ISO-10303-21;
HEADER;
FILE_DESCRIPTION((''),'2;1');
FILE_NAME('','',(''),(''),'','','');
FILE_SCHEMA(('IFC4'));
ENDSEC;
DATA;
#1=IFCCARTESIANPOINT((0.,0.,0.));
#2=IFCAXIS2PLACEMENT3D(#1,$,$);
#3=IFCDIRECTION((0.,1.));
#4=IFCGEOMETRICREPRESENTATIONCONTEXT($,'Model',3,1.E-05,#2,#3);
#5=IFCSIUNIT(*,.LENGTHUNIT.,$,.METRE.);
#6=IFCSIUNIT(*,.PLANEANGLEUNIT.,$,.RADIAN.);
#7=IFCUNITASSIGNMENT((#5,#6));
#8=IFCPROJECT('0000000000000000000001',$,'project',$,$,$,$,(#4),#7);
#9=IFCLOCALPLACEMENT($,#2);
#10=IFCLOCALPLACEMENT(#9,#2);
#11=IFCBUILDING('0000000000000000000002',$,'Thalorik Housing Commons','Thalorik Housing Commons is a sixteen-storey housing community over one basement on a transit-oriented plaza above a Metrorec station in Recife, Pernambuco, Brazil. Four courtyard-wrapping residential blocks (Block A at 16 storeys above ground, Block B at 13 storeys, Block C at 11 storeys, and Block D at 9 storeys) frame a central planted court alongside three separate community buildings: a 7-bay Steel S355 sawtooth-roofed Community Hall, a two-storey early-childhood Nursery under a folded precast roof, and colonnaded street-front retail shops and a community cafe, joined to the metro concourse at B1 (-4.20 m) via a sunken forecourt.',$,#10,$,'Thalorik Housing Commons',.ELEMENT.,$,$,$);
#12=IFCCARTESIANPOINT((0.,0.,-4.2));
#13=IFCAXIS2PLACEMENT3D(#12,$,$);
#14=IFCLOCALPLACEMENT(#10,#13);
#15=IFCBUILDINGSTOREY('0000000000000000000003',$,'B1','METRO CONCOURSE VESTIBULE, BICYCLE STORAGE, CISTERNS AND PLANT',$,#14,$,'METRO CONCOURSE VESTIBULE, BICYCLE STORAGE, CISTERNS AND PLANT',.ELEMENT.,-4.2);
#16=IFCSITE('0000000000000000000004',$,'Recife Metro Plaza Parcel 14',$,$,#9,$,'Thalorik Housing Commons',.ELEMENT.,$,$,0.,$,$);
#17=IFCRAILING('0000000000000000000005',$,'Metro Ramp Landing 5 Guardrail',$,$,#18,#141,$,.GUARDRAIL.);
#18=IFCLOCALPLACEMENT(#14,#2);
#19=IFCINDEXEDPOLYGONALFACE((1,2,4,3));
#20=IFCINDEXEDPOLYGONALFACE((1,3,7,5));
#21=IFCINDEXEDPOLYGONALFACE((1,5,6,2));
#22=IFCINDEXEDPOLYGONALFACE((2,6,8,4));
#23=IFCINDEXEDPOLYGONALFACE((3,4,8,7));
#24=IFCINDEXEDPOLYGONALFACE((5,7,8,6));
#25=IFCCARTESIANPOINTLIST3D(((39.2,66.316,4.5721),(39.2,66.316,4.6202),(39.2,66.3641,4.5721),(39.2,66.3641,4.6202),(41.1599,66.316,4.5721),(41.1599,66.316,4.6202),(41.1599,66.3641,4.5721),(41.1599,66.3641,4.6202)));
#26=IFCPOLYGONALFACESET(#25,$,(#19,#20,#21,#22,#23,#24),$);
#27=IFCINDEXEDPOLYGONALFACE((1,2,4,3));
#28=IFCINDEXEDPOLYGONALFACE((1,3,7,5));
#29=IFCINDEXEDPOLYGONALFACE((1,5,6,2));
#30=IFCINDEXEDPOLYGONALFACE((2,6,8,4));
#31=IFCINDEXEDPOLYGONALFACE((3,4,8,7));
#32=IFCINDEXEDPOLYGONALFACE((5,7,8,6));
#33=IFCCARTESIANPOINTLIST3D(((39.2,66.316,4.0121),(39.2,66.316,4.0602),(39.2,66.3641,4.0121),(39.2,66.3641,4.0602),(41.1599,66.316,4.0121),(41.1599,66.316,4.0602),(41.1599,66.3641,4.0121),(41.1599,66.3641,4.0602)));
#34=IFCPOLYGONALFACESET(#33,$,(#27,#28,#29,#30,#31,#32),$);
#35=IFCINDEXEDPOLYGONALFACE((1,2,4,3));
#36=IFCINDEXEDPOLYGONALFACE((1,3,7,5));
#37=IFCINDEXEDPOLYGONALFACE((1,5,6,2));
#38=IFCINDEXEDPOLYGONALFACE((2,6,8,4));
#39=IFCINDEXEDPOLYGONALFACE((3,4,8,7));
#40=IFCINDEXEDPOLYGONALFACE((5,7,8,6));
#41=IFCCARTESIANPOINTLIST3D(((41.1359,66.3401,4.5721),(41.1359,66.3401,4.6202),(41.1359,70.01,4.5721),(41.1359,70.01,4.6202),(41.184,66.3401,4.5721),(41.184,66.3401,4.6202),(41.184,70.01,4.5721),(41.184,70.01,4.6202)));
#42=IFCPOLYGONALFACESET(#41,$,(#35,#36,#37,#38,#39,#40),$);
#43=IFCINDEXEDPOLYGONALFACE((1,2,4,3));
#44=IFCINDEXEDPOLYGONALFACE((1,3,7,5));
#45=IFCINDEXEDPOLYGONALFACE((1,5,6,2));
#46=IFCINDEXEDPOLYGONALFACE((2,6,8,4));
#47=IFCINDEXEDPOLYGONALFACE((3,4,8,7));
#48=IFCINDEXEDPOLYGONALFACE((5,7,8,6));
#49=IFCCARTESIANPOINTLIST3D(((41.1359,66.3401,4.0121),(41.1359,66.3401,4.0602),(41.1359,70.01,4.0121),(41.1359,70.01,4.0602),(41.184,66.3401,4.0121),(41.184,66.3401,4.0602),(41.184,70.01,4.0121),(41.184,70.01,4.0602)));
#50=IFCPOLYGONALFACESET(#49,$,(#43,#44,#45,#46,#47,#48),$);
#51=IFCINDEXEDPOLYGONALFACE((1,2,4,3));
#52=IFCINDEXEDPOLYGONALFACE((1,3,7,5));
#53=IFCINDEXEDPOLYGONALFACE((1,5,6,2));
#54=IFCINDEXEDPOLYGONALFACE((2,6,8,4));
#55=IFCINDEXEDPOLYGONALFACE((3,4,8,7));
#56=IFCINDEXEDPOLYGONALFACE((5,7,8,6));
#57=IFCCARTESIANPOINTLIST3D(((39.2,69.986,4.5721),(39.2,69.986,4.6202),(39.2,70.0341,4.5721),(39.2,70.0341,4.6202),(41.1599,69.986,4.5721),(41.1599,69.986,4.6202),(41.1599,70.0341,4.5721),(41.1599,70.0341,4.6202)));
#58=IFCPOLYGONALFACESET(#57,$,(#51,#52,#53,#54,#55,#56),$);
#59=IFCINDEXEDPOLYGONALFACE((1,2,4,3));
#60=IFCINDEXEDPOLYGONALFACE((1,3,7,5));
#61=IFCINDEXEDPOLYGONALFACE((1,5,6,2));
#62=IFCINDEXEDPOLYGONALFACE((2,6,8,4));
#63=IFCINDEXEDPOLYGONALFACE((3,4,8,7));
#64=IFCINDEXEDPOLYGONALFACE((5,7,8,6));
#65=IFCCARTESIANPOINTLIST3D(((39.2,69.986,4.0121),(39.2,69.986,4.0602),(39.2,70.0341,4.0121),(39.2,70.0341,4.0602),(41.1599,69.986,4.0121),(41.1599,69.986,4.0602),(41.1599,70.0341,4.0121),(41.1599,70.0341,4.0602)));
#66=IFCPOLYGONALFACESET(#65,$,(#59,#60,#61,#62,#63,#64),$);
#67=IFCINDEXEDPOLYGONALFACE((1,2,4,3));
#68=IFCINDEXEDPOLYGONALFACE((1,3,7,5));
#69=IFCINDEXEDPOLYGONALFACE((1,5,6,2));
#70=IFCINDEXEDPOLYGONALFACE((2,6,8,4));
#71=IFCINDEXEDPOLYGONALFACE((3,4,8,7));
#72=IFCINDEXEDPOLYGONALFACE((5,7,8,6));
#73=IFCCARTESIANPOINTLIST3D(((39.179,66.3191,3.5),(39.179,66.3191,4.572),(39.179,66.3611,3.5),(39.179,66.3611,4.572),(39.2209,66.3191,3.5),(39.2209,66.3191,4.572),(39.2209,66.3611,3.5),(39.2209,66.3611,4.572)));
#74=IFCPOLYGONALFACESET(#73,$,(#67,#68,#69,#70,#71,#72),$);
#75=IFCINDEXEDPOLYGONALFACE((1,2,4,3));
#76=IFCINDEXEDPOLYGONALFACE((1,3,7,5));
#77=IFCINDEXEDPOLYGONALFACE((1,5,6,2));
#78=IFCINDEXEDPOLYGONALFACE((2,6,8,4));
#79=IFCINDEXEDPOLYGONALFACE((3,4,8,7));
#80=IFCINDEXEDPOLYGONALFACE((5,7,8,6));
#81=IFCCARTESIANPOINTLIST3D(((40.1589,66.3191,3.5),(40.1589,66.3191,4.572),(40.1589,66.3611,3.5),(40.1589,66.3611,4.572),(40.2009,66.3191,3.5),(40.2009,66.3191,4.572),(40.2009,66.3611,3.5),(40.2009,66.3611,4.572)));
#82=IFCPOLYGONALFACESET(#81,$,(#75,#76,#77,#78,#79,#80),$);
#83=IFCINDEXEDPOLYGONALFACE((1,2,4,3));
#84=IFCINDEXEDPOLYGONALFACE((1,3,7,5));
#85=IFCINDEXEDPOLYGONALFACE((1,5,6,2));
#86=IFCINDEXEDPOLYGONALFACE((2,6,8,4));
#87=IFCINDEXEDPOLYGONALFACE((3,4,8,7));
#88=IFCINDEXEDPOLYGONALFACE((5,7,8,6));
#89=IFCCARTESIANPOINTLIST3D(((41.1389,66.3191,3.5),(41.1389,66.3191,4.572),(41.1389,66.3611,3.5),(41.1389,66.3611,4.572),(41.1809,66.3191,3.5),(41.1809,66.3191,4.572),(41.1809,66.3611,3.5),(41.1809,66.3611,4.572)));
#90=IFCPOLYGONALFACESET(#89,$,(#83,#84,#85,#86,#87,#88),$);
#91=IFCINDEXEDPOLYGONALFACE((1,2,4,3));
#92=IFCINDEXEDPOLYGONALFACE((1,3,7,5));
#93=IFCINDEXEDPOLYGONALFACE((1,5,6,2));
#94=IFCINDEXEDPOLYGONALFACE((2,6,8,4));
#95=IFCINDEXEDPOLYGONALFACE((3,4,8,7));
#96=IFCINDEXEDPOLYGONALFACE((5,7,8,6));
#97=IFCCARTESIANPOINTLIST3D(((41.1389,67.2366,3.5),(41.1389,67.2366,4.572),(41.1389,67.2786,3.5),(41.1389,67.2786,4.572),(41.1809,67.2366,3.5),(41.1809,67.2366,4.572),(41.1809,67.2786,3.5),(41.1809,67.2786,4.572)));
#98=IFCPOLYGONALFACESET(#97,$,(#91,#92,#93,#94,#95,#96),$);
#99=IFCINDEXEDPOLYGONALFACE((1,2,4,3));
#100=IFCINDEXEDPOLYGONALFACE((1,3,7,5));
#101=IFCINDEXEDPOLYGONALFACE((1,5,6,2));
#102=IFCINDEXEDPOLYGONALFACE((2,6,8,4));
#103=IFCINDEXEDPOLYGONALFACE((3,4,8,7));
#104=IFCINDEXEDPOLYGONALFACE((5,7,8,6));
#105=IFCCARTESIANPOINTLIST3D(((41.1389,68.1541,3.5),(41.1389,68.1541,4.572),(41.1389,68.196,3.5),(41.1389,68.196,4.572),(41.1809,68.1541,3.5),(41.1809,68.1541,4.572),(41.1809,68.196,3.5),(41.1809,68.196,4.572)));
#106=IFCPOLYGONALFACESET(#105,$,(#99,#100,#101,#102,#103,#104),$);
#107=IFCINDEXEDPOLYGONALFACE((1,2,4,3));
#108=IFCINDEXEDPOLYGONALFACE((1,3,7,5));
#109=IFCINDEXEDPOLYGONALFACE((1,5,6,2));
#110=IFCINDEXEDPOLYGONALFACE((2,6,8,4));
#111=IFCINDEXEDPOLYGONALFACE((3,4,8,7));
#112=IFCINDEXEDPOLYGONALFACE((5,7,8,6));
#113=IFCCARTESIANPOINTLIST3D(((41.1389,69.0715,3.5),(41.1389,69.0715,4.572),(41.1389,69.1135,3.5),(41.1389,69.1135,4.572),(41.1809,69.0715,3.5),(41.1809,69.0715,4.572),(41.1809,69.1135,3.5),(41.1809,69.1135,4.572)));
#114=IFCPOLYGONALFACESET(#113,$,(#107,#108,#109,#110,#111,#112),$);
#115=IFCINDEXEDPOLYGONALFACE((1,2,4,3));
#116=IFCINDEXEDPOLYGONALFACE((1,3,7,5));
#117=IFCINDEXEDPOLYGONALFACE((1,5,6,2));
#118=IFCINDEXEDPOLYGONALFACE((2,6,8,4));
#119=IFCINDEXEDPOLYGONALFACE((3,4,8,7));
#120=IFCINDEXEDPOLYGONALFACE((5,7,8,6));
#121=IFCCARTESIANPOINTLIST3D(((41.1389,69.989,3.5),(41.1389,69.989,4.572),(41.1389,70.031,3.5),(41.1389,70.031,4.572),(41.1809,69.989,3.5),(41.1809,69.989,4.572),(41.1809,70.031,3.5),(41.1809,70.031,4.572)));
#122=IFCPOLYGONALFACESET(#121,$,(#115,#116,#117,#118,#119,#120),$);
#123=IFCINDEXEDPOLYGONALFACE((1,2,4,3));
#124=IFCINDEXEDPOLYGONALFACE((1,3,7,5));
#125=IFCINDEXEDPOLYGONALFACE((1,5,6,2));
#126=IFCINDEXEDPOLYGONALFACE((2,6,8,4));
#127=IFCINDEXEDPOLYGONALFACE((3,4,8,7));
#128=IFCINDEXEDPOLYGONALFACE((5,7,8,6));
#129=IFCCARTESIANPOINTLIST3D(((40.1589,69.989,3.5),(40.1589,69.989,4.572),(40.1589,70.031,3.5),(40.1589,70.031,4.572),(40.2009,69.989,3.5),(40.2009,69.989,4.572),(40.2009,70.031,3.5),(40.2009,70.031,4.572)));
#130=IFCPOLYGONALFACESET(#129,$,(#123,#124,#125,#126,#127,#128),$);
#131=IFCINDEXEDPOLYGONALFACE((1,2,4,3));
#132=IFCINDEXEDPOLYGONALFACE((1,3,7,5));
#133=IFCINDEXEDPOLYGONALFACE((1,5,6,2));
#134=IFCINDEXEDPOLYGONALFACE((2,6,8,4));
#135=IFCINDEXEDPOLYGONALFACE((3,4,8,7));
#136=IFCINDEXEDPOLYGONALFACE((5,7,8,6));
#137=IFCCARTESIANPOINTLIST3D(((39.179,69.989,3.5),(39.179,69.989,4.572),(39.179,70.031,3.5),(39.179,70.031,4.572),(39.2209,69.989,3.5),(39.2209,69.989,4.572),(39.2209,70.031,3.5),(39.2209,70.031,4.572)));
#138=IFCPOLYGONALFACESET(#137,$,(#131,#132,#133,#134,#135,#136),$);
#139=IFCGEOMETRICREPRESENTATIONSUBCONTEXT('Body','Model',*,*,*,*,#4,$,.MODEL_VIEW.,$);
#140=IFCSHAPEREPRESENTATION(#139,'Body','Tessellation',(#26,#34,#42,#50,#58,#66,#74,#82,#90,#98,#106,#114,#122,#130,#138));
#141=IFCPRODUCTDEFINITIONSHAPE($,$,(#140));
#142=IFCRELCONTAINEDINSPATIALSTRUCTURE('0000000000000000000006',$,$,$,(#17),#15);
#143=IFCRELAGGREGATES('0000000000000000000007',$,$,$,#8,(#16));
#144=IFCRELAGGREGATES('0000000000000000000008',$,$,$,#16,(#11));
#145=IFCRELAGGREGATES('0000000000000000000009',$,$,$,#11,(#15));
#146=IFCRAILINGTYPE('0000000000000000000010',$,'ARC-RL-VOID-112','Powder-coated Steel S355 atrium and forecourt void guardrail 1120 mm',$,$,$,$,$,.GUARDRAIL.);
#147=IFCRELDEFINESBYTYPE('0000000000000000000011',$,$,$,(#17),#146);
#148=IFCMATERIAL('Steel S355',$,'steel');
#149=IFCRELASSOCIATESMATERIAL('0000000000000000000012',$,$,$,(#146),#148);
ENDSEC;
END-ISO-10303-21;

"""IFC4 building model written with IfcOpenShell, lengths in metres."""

from ifc_helpers import new_model, si_unit, direction, frame, origin, origin_2d, place, context, subcontext, project, spatial, rectangle, extrude, material, type_object, element, save


model = new_model("IFC4")

# Units and contexts
model_context = context("Model", 3, precision=1e-05, world=origin(), true_north=direction((0.0, 1.0)))
body_context = subcontext(model_context, "Body", "Model", "MODEL_VIEW")
ifc_project = project(units=[si_unit("LENGTHUNIT", "METRE"), si_unit("PLANEANGLEUNIT", "RADIAN")], contexts=[model_context])

# Site, building, storey
site_placement = place(None, origin())
site = spatial("IfcSite", under=ifc_project, at=site_placement, Name="Recife Metro Plaza Parcel 14", LongName="Thalorik Housing Commons", CompositionType="ELEMENT", RefElevation=0.0)
building_placement = place(site_placement, origin())
building = spatial("IfcBuilding", under=site, at=building_placement, Name="Thalorik Housing Commons", Description="Thalorik Housing Commons is a sixteen-storey housing community over one basement on a transit-oriented plaza above a Metrorec station in Recife, Pernambuco, Brazil. Four courtyard-wrapping residential blocks (Block A at 16 storeys above ground, Block B at 13 storeys, Block C at 11 storeys, and Block D at 9 storeys) frame a central planted court alongside three separate community buildings: a 7-bay Steel S355 sawtooth-roofed Community Hall, a two-storey early-childhood Nursery under a folded precast roof, and colonnaded street-front retail shops and a community cafe, joined to the metro concourse at B1 (-4.20 m) via a sunken forecourt.", LongName="Thalorik Housing Commons", CompositionType="ELEMENT")
storey_placement = place(building_placement, frame((0.0, 0.0, -4.2)))
storey = spatial("IfcBuildingStorey", under=building, at=storey_placement, Name="B1", Description="METRO CONCOURSE VESTIBULE, BICYCLE STORAGE, CISTERNS AND PLANT", LongName="METRO CONCOURSE VESTIBULE, BICYCLE STORAGE, CISTERNS AND PLANT", CompositionType="ELEMENT", Elevation=-4.2)

# Railing
ifc_material_1 = material(Name="Steel S355", Category="steel")
railing_type_1 = type_object("IfcRailingType", Name="ARC-RL-VOID-112", Description="Powder-coated Steel S355 atrium and forecourt void guardrail 1120 mm", PredefinedType="GUARDRAIL", material=ifc_material_1)
railing_1_placement = place(storey_placement, frame((39.2, 66.3401, 3.5)))
element("IfcRailing", 1, at=railing_1_placement, inside=storey, type_object=railing_type_1, Name="Metro Ramp Landing 5 Guardrail", PredefinedType="GUARDRAIL", context=body_context, shape_type="SweptSolid", body=[
    extrude(rectangle(XDim=0.0481, YDim=0.0481, at=origin_2d()), frame((0.0, 0.0, 1.0962), z_axis=(1.0, 0.0, 0.0), x_axis=(0.0, 1.0, 0.0)), (0.0, 0.0, 1.0), 1.96),
    extrude(rectangle(XDim=0.0481, YDim=0.0481, at=origin_2d()), frame((0.0, 0.0, 0.5361), z_axis=(1.0, 0.0, 0.0), x_axis=(0.0, 1.0, 0.0)), (0.0, 0.0, 1.0), 1.96),
    extrude(rectangle(XDim=0.0481, YDim=0.0481, at=origin_2d()), frame((1.96, 0.0, 1.0962), z_axis=(0.0, 1.0, 0.0), x_axis=(-1.0, 0.0, 0.0)), (0.0, 0.0, 1.0), 3.6699),
    extrude(rectangle(XDim=0.0481, YDim=0.0481, at=origin_2d()), frame((1.96, 0.0, 0.5361), z_axis=(0.0, 1.0, 0.0), x_axis=(-1.0, 0.0, 0.0)), (0.0, 0.0, 1.0), 3.6699),
    extrude(rectangle(XDim=0.0481, YDim=0.0481, at=origin_2d()), frame((1.96, 3.6699, 1.0962), z_axis=(-1.0, 0.0, 0.0), x_axis=(0.0, -1.0, 0.0)), (0.0, 0.0, 1.0), 1.96),
    extrude(rectangle(XDim=0.0481, YDim=0.0481, at=origin_2d()), frame((1.96, 3.6699, 0.5361), z_axis=(-1.0, 0.0, 0.0), x_axis=(0.0, -1.0, 0.0)), (0.0, 0.0, 1.0), 1.96),
    extrude(rectangle(XDim=0.042, YDim=0.042, at=origin_2d()), origin(), (0.0, 0.0, 1.0), 1.072),
    extrude(rectangle(XDim=0.042, YDim=0.042, at=origin_2d()), frame((0.98, 0.0, 0.0)), (0.0, 0.0, 1.0), 1.072),
    extrude(rectangle(XDim=0.042, YDim=0.042, at=origin_2d()), frame((1.96, 0.0, 0.0)), (0.0, 0.0, 1.0), 1.072),
    extrude(rectangle(XDim=0.042, YDim=0.042, at=origin_2d()), frame((1.96, 0.9175, 0.0)), (0.0, 0.0, 1.0), 1.072),
    extrude(rectangle(XDim=0.042, YDim=0.042, at=origin_2d()), frame((1.96, 1.835, 0.0)), (0.0, 0.0, 1.0), 1.072),
    extrude(rectangle(XDim=0.042, YDim=0.042, at=origin_2d()), frame((1.96, 2.7524, 0.0)), (0.0, 0.0, 1.0), 1.072),
    extrude(rectangle(XDim=0.042, YDim=0.042, at=origin_2d()), frame((1.96, 3.6699, 0.0)), (0.0, 0.0, 1.0), 1.072),
    extrude(rectangle(XDim=0.042, YDim=0.042, at=origin_2d()), frame((0.98, 3.6699, 0.0)), (0.0, 0.0, 1.0), 1.072),
    extrude(rectangle(XDim=0.042, YDim=0.042, at=origin_2d()), frame((0.0, 3.6699, 0.0)), (0.0, 0.0, 1.0), 1.072),
])

save(model, "model.ifc")
